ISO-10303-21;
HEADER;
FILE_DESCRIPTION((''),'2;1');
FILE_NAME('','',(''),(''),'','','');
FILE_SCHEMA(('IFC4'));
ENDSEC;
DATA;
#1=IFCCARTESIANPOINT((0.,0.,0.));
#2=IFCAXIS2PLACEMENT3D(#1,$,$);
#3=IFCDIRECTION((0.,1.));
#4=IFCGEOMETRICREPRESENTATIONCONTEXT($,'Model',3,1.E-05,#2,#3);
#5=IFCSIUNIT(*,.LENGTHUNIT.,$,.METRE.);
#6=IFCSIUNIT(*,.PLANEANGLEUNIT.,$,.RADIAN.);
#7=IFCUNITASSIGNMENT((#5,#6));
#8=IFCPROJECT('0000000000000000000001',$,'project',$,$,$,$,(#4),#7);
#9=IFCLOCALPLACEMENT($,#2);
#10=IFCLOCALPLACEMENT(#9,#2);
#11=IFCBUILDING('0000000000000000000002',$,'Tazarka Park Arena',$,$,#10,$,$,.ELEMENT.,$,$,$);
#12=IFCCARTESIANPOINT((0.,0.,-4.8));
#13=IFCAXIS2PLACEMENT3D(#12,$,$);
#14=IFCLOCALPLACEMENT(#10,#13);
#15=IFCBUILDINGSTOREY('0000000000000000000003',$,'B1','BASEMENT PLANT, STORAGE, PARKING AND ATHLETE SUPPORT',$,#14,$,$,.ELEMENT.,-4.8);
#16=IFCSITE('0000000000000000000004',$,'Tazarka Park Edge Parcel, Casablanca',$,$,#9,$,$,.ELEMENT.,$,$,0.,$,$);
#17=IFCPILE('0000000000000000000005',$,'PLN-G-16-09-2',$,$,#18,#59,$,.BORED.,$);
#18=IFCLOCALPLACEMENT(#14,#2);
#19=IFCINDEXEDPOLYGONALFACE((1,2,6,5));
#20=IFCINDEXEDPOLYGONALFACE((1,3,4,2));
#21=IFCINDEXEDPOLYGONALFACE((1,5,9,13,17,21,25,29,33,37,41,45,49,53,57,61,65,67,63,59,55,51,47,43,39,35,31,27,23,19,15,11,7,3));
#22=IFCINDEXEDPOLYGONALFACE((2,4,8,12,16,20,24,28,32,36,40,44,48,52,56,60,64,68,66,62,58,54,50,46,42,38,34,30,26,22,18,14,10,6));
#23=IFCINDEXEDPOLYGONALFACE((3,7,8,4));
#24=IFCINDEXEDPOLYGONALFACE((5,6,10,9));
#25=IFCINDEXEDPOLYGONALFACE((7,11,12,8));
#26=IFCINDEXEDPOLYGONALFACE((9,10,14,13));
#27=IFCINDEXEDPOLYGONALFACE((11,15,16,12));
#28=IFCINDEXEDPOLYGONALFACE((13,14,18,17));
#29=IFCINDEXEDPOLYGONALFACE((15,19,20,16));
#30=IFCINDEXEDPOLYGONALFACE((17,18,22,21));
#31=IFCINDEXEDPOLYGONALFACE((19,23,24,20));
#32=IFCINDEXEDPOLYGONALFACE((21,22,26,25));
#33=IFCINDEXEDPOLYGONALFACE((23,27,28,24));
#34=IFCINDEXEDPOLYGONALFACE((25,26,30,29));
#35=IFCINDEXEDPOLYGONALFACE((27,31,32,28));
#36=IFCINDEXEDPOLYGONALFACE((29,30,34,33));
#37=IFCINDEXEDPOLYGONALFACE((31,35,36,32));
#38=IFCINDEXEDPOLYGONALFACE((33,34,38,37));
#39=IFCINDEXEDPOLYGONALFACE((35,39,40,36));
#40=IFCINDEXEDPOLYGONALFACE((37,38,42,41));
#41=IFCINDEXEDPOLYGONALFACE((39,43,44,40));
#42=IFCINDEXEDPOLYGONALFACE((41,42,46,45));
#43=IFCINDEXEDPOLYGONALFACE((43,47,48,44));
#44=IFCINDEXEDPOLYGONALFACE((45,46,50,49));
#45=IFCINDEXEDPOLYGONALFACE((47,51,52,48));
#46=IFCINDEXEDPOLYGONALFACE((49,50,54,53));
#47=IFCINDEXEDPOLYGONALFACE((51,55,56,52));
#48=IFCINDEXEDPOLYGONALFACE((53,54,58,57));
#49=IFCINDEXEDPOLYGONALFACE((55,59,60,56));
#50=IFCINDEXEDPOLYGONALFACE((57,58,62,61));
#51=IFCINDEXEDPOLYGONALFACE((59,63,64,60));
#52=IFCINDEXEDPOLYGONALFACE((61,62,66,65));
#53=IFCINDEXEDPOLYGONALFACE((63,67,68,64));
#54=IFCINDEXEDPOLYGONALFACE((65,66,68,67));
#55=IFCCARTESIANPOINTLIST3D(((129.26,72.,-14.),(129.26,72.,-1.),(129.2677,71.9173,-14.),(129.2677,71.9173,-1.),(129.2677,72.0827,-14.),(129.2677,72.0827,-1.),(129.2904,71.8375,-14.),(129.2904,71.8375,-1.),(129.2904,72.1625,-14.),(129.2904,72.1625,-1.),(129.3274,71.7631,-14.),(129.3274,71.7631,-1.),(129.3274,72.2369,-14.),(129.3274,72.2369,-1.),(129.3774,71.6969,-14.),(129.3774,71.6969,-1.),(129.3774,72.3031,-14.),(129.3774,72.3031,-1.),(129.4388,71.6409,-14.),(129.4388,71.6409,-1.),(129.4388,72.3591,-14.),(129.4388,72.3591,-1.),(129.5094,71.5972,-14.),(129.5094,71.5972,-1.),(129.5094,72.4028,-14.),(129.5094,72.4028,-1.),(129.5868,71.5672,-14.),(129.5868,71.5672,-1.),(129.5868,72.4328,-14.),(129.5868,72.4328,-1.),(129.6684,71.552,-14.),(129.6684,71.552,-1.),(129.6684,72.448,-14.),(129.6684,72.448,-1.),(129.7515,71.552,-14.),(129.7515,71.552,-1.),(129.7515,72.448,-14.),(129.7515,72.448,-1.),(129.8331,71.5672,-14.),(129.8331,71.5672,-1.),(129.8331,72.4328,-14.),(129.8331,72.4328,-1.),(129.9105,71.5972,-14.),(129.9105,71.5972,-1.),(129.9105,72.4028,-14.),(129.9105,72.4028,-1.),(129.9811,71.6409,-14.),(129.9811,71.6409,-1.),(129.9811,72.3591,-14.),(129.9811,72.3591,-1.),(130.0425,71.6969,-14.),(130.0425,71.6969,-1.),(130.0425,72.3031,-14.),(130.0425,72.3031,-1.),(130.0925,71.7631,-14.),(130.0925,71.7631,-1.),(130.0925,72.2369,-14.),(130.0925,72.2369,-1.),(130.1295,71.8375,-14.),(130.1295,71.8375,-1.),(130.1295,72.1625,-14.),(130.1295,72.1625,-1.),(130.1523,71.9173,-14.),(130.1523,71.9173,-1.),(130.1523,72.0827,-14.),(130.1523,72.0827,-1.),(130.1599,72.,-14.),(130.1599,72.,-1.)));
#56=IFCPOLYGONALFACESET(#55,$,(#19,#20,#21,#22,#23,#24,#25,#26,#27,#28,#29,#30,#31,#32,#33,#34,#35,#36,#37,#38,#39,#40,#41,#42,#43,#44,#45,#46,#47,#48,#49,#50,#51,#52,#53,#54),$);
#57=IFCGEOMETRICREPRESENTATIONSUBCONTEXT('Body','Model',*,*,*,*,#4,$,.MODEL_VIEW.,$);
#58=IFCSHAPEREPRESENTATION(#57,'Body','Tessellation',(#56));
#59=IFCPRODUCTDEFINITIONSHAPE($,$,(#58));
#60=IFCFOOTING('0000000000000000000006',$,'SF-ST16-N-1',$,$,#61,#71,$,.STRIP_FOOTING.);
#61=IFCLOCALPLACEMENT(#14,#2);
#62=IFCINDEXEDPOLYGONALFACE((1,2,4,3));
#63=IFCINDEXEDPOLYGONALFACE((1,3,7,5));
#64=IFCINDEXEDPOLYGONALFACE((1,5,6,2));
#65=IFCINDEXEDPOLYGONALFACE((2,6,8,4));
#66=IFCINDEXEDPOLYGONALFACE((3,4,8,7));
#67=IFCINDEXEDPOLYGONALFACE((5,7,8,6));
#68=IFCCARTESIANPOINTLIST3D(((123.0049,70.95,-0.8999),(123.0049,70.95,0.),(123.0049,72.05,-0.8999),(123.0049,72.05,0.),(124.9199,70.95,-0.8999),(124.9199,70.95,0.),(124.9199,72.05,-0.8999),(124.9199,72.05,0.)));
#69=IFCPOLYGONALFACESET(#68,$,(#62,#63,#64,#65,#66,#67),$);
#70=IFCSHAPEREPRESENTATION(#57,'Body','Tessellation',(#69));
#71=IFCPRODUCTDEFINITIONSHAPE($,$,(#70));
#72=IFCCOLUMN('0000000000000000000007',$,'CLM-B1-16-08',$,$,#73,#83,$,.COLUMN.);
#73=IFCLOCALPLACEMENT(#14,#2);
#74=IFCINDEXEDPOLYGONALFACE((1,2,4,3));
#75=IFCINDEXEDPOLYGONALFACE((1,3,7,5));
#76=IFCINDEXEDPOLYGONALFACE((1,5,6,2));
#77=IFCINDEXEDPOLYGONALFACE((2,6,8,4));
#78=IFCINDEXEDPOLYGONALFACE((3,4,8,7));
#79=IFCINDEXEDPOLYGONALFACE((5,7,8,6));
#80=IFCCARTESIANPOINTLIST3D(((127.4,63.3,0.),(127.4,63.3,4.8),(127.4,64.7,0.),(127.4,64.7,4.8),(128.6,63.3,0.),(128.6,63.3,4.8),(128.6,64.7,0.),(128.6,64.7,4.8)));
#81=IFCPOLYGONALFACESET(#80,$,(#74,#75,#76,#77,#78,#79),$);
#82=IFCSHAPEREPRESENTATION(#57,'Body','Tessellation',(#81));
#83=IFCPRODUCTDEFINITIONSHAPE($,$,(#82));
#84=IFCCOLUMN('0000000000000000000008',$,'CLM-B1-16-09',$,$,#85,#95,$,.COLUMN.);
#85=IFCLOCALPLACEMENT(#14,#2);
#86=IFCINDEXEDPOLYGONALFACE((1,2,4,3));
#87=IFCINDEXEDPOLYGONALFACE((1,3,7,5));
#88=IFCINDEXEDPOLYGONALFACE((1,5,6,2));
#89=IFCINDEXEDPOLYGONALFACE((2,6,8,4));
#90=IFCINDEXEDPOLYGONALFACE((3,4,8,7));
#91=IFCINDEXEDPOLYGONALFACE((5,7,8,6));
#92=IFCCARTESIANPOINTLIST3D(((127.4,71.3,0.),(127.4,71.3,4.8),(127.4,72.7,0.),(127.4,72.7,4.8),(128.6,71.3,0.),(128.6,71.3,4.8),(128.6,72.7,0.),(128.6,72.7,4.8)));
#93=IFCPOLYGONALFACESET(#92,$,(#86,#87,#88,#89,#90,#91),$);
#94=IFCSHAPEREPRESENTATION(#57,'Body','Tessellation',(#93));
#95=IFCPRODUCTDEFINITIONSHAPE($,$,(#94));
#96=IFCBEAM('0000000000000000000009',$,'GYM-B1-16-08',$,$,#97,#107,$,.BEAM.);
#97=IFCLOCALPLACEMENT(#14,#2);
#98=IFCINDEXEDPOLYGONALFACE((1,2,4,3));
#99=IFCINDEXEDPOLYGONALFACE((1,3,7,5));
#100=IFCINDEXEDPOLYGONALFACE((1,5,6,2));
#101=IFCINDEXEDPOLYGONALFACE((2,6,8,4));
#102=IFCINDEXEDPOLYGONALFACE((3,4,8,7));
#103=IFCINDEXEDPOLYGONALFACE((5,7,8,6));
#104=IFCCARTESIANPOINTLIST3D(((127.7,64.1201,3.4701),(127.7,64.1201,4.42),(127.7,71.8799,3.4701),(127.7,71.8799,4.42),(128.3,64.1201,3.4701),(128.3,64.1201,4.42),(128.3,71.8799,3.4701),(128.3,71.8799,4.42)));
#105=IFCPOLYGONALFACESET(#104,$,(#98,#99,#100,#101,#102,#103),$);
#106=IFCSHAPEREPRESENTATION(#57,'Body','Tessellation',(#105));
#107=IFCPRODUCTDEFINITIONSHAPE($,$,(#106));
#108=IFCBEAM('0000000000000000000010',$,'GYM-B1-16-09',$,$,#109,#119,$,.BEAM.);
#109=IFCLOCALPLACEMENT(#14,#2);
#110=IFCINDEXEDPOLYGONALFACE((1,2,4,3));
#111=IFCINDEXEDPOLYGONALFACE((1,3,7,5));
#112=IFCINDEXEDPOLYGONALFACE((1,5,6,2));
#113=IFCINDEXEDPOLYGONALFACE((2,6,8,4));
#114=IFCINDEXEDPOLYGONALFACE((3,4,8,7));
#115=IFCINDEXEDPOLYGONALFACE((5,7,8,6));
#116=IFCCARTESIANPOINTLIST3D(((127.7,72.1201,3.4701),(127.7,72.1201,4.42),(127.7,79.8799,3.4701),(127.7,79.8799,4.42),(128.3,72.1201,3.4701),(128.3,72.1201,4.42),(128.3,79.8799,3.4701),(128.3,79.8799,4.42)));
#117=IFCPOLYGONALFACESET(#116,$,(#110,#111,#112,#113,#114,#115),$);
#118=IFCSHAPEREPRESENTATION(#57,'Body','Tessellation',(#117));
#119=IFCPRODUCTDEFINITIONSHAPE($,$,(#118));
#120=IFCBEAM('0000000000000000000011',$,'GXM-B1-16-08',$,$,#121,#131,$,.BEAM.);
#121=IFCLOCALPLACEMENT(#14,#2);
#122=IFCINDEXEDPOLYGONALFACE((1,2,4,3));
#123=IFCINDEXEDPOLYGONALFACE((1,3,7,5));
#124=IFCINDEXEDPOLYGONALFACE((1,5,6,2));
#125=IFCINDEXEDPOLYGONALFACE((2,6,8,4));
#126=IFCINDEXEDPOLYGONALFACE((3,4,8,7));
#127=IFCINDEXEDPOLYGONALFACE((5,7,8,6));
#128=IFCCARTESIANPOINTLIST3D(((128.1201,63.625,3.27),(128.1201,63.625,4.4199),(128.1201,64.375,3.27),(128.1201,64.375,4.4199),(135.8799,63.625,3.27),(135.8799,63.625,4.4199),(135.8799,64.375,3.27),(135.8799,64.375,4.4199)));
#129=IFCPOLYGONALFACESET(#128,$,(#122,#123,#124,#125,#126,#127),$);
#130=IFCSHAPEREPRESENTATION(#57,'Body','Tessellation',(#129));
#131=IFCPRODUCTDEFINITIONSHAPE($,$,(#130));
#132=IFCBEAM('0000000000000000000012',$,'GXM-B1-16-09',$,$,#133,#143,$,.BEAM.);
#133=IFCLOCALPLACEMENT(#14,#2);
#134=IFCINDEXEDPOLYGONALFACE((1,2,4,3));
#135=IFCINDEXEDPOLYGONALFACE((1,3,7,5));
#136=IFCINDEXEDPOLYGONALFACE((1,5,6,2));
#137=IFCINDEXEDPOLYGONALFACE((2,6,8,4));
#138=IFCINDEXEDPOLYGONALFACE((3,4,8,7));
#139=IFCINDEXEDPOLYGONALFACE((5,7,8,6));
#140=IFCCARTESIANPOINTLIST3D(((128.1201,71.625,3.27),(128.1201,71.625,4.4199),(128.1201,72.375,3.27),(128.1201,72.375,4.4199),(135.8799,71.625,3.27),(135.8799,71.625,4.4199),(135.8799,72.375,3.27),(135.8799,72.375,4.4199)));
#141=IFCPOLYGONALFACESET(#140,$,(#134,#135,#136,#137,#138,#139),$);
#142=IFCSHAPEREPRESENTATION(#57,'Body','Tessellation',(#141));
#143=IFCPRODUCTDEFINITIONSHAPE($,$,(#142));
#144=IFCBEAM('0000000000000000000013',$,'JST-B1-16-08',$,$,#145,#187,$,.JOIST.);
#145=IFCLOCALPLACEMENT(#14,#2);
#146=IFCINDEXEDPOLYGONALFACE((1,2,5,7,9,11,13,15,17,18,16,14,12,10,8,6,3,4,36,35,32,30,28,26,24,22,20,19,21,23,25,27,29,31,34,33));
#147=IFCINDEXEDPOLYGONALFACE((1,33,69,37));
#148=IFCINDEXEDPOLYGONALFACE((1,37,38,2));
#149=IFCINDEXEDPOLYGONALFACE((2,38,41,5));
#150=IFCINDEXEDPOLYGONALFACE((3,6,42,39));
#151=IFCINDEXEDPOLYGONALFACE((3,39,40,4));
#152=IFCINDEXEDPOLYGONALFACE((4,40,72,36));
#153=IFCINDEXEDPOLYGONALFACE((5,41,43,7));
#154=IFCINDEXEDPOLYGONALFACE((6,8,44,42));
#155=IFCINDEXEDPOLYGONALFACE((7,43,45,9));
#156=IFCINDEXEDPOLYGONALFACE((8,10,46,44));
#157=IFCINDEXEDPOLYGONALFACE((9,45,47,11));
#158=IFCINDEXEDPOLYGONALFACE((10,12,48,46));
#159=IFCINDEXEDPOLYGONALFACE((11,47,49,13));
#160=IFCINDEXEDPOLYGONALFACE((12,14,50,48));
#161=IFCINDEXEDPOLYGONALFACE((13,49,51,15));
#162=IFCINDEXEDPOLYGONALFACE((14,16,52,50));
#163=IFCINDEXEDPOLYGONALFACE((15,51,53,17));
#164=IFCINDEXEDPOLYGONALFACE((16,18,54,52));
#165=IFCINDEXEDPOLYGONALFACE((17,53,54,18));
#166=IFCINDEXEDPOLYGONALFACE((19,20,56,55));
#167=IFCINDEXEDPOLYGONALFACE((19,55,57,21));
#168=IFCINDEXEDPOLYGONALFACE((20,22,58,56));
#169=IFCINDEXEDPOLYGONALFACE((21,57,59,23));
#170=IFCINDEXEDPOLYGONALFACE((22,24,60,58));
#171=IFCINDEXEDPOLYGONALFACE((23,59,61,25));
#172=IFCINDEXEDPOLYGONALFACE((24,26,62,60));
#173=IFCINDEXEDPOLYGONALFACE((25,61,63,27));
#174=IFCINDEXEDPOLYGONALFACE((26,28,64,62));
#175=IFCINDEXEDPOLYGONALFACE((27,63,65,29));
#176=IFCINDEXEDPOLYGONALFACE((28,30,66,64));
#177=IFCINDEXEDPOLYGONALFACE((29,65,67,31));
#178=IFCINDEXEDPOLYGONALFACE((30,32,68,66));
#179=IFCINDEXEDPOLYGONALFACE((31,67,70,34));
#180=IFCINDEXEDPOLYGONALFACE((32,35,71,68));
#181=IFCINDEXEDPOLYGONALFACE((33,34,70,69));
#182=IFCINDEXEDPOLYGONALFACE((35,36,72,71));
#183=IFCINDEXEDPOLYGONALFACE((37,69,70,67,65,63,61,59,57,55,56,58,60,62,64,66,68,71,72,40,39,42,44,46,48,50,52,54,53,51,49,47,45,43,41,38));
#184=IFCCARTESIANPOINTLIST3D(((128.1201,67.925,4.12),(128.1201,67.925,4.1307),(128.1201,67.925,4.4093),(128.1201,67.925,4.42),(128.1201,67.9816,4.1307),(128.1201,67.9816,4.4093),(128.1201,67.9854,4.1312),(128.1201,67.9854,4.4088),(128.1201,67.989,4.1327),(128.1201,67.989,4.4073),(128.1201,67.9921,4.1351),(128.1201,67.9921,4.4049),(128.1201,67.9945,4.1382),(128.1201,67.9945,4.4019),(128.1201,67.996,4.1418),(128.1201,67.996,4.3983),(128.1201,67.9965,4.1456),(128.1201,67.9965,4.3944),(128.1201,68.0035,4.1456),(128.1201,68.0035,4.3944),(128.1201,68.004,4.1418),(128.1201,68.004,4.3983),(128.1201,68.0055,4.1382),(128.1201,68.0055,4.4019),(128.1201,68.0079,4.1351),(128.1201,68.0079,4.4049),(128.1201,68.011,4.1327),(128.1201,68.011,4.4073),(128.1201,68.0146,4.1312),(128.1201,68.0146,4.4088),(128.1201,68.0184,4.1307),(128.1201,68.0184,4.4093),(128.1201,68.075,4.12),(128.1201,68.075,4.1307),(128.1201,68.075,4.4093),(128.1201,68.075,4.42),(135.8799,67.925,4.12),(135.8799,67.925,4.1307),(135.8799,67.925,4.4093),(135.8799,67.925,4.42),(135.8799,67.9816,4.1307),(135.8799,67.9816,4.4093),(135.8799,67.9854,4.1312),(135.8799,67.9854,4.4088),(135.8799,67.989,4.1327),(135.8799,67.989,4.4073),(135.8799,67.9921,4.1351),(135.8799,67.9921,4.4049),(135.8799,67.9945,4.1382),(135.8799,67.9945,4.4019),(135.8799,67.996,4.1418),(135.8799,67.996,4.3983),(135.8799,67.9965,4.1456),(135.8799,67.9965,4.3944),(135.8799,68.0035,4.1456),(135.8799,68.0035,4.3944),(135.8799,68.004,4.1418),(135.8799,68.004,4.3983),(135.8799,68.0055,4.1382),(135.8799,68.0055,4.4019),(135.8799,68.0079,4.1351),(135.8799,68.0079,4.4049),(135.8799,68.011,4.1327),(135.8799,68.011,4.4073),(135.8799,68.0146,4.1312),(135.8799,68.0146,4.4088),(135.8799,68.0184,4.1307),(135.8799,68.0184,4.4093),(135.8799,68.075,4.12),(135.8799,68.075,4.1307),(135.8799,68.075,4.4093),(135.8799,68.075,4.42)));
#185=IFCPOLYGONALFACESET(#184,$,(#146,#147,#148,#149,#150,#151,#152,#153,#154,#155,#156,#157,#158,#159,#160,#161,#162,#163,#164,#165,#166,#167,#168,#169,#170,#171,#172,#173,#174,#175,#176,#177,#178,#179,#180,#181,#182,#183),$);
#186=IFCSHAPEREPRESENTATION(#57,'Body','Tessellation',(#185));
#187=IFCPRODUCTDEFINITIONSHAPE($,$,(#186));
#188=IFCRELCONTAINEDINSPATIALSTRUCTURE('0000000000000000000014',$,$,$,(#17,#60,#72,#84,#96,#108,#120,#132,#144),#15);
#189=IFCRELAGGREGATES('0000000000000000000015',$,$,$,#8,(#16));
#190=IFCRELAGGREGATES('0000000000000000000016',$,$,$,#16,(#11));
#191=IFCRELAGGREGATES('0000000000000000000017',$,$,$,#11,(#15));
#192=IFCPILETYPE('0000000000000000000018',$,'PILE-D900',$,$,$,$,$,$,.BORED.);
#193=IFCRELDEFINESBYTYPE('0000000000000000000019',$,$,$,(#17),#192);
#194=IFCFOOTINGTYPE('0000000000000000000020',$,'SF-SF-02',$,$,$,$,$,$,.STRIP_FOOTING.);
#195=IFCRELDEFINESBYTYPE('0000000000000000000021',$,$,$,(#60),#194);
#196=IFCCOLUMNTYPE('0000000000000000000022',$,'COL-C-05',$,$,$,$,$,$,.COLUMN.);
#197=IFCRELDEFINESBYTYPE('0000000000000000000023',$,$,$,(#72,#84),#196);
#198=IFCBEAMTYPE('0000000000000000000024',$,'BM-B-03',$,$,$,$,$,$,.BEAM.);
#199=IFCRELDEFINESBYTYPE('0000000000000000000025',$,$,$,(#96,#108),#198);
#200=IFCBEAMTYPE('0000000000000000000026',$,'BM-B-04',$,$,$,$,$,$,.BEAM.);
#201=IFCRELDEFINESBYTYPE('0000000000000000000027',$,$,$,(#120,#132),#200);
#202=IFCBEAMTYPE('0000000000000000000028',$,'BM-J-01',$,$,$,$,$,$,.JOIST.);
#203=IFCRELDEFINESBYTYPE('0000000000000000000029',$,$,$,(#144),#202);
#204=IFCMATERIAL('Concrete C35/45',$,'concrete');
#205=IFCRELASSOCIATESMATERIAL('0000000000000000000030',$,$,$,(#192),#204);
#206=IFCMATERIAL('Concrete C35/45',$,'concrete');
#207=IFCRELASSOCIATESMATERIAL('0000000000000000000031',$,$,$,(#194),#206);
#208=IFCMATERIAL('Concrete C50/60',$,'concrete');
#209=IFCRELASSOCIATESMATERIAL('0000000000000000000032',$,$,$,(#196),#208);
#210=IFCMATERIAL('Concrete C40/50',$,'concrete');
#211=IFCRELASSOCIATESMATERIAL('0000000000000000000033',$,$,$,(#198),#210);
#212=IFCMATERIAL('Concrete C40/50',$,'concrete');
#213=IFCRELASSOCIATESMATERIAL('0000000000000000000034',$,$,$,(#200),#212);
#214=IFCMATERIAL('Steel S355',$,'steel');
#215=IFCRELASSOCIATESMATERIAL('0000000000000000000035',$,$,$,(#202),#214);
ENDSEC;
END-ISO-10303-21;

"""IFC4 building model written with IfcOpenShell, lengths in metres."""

from ifc_helpers import new_model, si_unit, direction, frame, origin, origin_2d, place, context, subcontext, project, spatial, rectangle, circle, i_section, extrude, material, material_profile, profile_set, type_object, element, save


model = new_model("IFC4")

# Units and contexts
model_context = context("Model", 3, precision=1e-05, world=origin(), true_north=direction((0.0, 1.0)))
body_context = subcontext(model_context, "Body", "Model", "MODEL_VIEW")
ifc_project = project(units=[si_unit("LENGTHUNIT", "METRE"), si_unit("PLANEANGLEUNIT", "RADIAN")], contexts=[model_context])

# Site, building, storey
site_placement = place(None, origin())
site = spatial("IfcSite", under=ifc_project, at=site_placement, Name="Tazarka Park Edge Parcel, Casablanca", CompositionType="ELEMENT", RefElevation=0.0)
building_placement = place(site_placement, origin())
building = spatial("IfcBuilding", under=site, at=building_placement, Name="Tazarka Park Arena", CompositionType="ELEMENT")
storey_placement = place(building_placement, frame((0.0, 0.0, -4.8)))
storey = spatial("IfcBuildingStorey", under=building, at=storey_placement, Name="B1", Description="BASEMENT PLANT, STORAGE, PARKING AND ATHLETE SUPPORT", CompositionType="ELEMENT", Elevation=-4.8)

# Pile
ifc_material_1 = material(Name="Concrete C35/45", Category="concrete")
ifc_material_profile_1 = material_profile(ifc_material_1, circle(Radius=0.45, at=origin_2d()), Name="Concrete C35/45")
ifc_profile_set_1 = profile_set([ifc_material_profile_1], Name="Concrete C35/45")
pile_type_1 = type_object("IfcPileType", Name="PILE-D900", PredefinedType="BORED", material=ifc_profile_set_1)
for number, where, z_axis, x_axis, name in (
    (1, (129.71, 72.0, -1.0), (0.0, 0.0, -1.0), (1.0, 0.0, 0.0), "PLN-G-16-09-2"),
):
    element("IfcPile", number, at=place(storey_placement, frame(where, z_axis=z_axis, x_axis=x_axis)), inside=storey, type_object=pile_type_1, Name=name, PredefinedType="BORED", context=body_context, shape_type="SweptSolid", body=[
        extrude(circle(Radius=0.45, at=origin_2d()), origin(), (0.0, 0.0, 1.0), 13.0),
    ])

# Footing
ifc_material_2 = material(Name="Concrete C35/45", Category="concrete")
ifc_material_profile_2 = material_profile(ifc_material_2, rectangle(XDim=1.1001, YDim=0.8999, at=origin_2d()), Name="Concrete C35/45")
ifc_profile_set_2 = profile_set([ifc_material_profile_2], Name="Concrete C35/45")
footing_type_1 = type_object("IfcFootingType", Name="SF-SF-02", PredefinedType="STRIP_FOOTING", material=ifc_profile_set_2)
footing_1_placement = place(storey_placement, frame((123.0049, 71.5, -0.45), z_axis=(1.0, 0.0, 0.0), x_axis=(0.0, 1.0, 0.0)))
element("IfcFooting", 2, at=footing_1_placement, inside=storey, type_object=footing_type_1, Name="SF-ST16-N-1", PredefinedType="STRIP_FOOTING", context=body_context, shape_type="SweptSolid", body=[
    extrude(rectangle(XDim=1.1001, YDim=0.8999, at=origin_2d()), origin(), (0.0, 0.0, 1.0), 1.915),
])

# Columns
ifc_material_3 = material(Name="Concrete C50/60", Category="concrete")
ifc_material_profile_3 = material_profile(ifc_material_3, rectangle(XDim=1.2, YDim=1.3999, at=origin_2d()), Name="Concrete C50/60")
ifc_profile_set_3 = profile_set([ifc_material_profile_3], Name="Concrete C50/60")
column_type = type_object("IfcColumnType", Name="COL-C-05", PredefinedType="COLUMN", material=ifc_profile_set_3)
for number, where, z_axis, x_axis, name in (
    (3, (128.0, 64.0, 0.0), (0.0, 0.0, 1.0), (1.0, 0.0, 0.0), "CLM-B1-16-08"),
    (4, (128.0, 72.0, 0.0), (0.0, 0.0, 1.0), (1.0, 0.0, 0.0), "CLM-B1-16-09"),
):
    element("IfcColumn", number, at=place(storey_placement, frame(where, z_axis=z_axis, x_axis=x_axis)), inside=storey, type_object=column_type, Name=name, PredefinedType="COLUMN", context=body_context, shape_type="SweptSolid", body=[
        extrude(rectangle(XDim=1.2, YDim=1.3999, at=origin_2d()), origin(), (0.0, 0.0, 1.0), 4.8),
    ])

# Beams
ifc_material_4 = material(Name="Concrete C40/50", Category="concrete")
ifc_material_profile_4 = material_profile(ifc_material_4, rectangle(XDim=0.6001, YDim=0.95, at=origin_2d()), Name="Concrete C40/50")
ifc_profile_set_4 = profile_set([ifc_material_profile_4], Name="Concrete C40/50")
beam_type_1 = type_object("IfcBeamType", Name="BM-B-03", PredefinedType="BEAM", material=ifc_profile_set_4)
for number, where, z_axis, x_axis, name in (
    (5, (128.0, 64.1201, 3.9451), (0.0, 1.0, 0.0), (-1.0, 0.0, 0.0), "GYM-B1-16-08"),
    (6, (128.0, 72.1201, 3.9451), (0.0, 1.0, 0.0), (-1.0, 0.0, 0.0), "GYM-B1-16-09"),
):
    element("IfcBeam", number, at=place(storey_placement, frame(where, z_axis=z_axis, x_axis=x_axis)), inside=storey, type_object=beam_type_1, Name=name, PredefinedType="BEAM", context=body_context, shape_type="SweptSolid", body=[
        extrude(rectangle(XDim=0.6001, YDim=0.95, at=origin_2d()), origin(), (0.0, 0.0, 1.0), 7.7598),
    ])
ifc_material_5 = material(Name="Concrete C40/50", Category="concrete")
ifc_material_profile_5 = material_profile(ifc_material_5, rectangle(XDim=0.75, YDim=1.1499, at=origin_2d()), Name="Concrete C40/50")
ifc_profile_set_5 = profile_set([ifc_material_profile_5], Name="Concrete C40/50")
beam_type_2 = type_object("IfcBeamType", Name="BM-B-04", PredefinedType="BEAM", material=ifc_profile_set_5)
for number, where, z_axis, x_axis, name in (
    (7, (128.1201, 64.0, 3.845), (1.0, 0.0, 0.0), (0.0, 1.0, 0.0), "GXM-B1-16-08"),
    (8, (128.1201, 72.0, 3.845), (1.0, 0.0, 0.0), (0.0, 1.0, 0.0), "GXM-B1-16-09"),
):
    element("IfcBeam", number, at=place(storey_placement, frame(where, z_axis=z_axis, x_axis=x_axis)), inside=storey, type_object=beam_type_2, Name=name, PredefinedType="BEAM", context=body_context, shape_type="SweptSolid", body=[
        extrude(rectangle(XDim=0.75, YDim=1.1499, at=origin_2d()), origin(), (0.0, 0.0, 1.0), 7.7598),
    ])
ifc_material_6 = material(Name="Steel S355", Category="steel")
ifc_material_profile_6 = material_profile(ifc_material_6, i_section(OverallWidth=0.1499, OverallDepth=0.3, WebThickness=0.0071, FlangeThickness=0.0107, FilletRadius=0.0149, at=origin_2d()), Name="Steel S355")
ifc_profile_set_6 = profile_set([ifc_material_profile_6], Name="Steel S355")
beam_type_3 = type_object("IfcBeamType", Name="BM-J-01", PredefinedType="JOIST", material=ifc_profile_set_6)
beam_1_placement = place(storey_placement, frame((128.1201, 68.0, 4.27), z_axis=(1.0, 0.0, 0.0), x_axis=(0.0, 1.0, 0.0)))
element("IfcBeam", 9, at=beam_1_placement, inside=storey, type_object=beam_type_3, Name="JST-B1-16-08", PredefinedType="JOIST", context=body_context, shape_type="SweptSolid", body=[
    extrude(i_section(OverallWidth=0.1499, OverallDepth=0.3, WebThickness=0.0071, FlangeThickness=0.0107, FilletRadius=0.0149, at=origin_2d()), origin(), (0.0, 0.0, 1.0), 7.7598),
])

save(model, "model.ifc")
